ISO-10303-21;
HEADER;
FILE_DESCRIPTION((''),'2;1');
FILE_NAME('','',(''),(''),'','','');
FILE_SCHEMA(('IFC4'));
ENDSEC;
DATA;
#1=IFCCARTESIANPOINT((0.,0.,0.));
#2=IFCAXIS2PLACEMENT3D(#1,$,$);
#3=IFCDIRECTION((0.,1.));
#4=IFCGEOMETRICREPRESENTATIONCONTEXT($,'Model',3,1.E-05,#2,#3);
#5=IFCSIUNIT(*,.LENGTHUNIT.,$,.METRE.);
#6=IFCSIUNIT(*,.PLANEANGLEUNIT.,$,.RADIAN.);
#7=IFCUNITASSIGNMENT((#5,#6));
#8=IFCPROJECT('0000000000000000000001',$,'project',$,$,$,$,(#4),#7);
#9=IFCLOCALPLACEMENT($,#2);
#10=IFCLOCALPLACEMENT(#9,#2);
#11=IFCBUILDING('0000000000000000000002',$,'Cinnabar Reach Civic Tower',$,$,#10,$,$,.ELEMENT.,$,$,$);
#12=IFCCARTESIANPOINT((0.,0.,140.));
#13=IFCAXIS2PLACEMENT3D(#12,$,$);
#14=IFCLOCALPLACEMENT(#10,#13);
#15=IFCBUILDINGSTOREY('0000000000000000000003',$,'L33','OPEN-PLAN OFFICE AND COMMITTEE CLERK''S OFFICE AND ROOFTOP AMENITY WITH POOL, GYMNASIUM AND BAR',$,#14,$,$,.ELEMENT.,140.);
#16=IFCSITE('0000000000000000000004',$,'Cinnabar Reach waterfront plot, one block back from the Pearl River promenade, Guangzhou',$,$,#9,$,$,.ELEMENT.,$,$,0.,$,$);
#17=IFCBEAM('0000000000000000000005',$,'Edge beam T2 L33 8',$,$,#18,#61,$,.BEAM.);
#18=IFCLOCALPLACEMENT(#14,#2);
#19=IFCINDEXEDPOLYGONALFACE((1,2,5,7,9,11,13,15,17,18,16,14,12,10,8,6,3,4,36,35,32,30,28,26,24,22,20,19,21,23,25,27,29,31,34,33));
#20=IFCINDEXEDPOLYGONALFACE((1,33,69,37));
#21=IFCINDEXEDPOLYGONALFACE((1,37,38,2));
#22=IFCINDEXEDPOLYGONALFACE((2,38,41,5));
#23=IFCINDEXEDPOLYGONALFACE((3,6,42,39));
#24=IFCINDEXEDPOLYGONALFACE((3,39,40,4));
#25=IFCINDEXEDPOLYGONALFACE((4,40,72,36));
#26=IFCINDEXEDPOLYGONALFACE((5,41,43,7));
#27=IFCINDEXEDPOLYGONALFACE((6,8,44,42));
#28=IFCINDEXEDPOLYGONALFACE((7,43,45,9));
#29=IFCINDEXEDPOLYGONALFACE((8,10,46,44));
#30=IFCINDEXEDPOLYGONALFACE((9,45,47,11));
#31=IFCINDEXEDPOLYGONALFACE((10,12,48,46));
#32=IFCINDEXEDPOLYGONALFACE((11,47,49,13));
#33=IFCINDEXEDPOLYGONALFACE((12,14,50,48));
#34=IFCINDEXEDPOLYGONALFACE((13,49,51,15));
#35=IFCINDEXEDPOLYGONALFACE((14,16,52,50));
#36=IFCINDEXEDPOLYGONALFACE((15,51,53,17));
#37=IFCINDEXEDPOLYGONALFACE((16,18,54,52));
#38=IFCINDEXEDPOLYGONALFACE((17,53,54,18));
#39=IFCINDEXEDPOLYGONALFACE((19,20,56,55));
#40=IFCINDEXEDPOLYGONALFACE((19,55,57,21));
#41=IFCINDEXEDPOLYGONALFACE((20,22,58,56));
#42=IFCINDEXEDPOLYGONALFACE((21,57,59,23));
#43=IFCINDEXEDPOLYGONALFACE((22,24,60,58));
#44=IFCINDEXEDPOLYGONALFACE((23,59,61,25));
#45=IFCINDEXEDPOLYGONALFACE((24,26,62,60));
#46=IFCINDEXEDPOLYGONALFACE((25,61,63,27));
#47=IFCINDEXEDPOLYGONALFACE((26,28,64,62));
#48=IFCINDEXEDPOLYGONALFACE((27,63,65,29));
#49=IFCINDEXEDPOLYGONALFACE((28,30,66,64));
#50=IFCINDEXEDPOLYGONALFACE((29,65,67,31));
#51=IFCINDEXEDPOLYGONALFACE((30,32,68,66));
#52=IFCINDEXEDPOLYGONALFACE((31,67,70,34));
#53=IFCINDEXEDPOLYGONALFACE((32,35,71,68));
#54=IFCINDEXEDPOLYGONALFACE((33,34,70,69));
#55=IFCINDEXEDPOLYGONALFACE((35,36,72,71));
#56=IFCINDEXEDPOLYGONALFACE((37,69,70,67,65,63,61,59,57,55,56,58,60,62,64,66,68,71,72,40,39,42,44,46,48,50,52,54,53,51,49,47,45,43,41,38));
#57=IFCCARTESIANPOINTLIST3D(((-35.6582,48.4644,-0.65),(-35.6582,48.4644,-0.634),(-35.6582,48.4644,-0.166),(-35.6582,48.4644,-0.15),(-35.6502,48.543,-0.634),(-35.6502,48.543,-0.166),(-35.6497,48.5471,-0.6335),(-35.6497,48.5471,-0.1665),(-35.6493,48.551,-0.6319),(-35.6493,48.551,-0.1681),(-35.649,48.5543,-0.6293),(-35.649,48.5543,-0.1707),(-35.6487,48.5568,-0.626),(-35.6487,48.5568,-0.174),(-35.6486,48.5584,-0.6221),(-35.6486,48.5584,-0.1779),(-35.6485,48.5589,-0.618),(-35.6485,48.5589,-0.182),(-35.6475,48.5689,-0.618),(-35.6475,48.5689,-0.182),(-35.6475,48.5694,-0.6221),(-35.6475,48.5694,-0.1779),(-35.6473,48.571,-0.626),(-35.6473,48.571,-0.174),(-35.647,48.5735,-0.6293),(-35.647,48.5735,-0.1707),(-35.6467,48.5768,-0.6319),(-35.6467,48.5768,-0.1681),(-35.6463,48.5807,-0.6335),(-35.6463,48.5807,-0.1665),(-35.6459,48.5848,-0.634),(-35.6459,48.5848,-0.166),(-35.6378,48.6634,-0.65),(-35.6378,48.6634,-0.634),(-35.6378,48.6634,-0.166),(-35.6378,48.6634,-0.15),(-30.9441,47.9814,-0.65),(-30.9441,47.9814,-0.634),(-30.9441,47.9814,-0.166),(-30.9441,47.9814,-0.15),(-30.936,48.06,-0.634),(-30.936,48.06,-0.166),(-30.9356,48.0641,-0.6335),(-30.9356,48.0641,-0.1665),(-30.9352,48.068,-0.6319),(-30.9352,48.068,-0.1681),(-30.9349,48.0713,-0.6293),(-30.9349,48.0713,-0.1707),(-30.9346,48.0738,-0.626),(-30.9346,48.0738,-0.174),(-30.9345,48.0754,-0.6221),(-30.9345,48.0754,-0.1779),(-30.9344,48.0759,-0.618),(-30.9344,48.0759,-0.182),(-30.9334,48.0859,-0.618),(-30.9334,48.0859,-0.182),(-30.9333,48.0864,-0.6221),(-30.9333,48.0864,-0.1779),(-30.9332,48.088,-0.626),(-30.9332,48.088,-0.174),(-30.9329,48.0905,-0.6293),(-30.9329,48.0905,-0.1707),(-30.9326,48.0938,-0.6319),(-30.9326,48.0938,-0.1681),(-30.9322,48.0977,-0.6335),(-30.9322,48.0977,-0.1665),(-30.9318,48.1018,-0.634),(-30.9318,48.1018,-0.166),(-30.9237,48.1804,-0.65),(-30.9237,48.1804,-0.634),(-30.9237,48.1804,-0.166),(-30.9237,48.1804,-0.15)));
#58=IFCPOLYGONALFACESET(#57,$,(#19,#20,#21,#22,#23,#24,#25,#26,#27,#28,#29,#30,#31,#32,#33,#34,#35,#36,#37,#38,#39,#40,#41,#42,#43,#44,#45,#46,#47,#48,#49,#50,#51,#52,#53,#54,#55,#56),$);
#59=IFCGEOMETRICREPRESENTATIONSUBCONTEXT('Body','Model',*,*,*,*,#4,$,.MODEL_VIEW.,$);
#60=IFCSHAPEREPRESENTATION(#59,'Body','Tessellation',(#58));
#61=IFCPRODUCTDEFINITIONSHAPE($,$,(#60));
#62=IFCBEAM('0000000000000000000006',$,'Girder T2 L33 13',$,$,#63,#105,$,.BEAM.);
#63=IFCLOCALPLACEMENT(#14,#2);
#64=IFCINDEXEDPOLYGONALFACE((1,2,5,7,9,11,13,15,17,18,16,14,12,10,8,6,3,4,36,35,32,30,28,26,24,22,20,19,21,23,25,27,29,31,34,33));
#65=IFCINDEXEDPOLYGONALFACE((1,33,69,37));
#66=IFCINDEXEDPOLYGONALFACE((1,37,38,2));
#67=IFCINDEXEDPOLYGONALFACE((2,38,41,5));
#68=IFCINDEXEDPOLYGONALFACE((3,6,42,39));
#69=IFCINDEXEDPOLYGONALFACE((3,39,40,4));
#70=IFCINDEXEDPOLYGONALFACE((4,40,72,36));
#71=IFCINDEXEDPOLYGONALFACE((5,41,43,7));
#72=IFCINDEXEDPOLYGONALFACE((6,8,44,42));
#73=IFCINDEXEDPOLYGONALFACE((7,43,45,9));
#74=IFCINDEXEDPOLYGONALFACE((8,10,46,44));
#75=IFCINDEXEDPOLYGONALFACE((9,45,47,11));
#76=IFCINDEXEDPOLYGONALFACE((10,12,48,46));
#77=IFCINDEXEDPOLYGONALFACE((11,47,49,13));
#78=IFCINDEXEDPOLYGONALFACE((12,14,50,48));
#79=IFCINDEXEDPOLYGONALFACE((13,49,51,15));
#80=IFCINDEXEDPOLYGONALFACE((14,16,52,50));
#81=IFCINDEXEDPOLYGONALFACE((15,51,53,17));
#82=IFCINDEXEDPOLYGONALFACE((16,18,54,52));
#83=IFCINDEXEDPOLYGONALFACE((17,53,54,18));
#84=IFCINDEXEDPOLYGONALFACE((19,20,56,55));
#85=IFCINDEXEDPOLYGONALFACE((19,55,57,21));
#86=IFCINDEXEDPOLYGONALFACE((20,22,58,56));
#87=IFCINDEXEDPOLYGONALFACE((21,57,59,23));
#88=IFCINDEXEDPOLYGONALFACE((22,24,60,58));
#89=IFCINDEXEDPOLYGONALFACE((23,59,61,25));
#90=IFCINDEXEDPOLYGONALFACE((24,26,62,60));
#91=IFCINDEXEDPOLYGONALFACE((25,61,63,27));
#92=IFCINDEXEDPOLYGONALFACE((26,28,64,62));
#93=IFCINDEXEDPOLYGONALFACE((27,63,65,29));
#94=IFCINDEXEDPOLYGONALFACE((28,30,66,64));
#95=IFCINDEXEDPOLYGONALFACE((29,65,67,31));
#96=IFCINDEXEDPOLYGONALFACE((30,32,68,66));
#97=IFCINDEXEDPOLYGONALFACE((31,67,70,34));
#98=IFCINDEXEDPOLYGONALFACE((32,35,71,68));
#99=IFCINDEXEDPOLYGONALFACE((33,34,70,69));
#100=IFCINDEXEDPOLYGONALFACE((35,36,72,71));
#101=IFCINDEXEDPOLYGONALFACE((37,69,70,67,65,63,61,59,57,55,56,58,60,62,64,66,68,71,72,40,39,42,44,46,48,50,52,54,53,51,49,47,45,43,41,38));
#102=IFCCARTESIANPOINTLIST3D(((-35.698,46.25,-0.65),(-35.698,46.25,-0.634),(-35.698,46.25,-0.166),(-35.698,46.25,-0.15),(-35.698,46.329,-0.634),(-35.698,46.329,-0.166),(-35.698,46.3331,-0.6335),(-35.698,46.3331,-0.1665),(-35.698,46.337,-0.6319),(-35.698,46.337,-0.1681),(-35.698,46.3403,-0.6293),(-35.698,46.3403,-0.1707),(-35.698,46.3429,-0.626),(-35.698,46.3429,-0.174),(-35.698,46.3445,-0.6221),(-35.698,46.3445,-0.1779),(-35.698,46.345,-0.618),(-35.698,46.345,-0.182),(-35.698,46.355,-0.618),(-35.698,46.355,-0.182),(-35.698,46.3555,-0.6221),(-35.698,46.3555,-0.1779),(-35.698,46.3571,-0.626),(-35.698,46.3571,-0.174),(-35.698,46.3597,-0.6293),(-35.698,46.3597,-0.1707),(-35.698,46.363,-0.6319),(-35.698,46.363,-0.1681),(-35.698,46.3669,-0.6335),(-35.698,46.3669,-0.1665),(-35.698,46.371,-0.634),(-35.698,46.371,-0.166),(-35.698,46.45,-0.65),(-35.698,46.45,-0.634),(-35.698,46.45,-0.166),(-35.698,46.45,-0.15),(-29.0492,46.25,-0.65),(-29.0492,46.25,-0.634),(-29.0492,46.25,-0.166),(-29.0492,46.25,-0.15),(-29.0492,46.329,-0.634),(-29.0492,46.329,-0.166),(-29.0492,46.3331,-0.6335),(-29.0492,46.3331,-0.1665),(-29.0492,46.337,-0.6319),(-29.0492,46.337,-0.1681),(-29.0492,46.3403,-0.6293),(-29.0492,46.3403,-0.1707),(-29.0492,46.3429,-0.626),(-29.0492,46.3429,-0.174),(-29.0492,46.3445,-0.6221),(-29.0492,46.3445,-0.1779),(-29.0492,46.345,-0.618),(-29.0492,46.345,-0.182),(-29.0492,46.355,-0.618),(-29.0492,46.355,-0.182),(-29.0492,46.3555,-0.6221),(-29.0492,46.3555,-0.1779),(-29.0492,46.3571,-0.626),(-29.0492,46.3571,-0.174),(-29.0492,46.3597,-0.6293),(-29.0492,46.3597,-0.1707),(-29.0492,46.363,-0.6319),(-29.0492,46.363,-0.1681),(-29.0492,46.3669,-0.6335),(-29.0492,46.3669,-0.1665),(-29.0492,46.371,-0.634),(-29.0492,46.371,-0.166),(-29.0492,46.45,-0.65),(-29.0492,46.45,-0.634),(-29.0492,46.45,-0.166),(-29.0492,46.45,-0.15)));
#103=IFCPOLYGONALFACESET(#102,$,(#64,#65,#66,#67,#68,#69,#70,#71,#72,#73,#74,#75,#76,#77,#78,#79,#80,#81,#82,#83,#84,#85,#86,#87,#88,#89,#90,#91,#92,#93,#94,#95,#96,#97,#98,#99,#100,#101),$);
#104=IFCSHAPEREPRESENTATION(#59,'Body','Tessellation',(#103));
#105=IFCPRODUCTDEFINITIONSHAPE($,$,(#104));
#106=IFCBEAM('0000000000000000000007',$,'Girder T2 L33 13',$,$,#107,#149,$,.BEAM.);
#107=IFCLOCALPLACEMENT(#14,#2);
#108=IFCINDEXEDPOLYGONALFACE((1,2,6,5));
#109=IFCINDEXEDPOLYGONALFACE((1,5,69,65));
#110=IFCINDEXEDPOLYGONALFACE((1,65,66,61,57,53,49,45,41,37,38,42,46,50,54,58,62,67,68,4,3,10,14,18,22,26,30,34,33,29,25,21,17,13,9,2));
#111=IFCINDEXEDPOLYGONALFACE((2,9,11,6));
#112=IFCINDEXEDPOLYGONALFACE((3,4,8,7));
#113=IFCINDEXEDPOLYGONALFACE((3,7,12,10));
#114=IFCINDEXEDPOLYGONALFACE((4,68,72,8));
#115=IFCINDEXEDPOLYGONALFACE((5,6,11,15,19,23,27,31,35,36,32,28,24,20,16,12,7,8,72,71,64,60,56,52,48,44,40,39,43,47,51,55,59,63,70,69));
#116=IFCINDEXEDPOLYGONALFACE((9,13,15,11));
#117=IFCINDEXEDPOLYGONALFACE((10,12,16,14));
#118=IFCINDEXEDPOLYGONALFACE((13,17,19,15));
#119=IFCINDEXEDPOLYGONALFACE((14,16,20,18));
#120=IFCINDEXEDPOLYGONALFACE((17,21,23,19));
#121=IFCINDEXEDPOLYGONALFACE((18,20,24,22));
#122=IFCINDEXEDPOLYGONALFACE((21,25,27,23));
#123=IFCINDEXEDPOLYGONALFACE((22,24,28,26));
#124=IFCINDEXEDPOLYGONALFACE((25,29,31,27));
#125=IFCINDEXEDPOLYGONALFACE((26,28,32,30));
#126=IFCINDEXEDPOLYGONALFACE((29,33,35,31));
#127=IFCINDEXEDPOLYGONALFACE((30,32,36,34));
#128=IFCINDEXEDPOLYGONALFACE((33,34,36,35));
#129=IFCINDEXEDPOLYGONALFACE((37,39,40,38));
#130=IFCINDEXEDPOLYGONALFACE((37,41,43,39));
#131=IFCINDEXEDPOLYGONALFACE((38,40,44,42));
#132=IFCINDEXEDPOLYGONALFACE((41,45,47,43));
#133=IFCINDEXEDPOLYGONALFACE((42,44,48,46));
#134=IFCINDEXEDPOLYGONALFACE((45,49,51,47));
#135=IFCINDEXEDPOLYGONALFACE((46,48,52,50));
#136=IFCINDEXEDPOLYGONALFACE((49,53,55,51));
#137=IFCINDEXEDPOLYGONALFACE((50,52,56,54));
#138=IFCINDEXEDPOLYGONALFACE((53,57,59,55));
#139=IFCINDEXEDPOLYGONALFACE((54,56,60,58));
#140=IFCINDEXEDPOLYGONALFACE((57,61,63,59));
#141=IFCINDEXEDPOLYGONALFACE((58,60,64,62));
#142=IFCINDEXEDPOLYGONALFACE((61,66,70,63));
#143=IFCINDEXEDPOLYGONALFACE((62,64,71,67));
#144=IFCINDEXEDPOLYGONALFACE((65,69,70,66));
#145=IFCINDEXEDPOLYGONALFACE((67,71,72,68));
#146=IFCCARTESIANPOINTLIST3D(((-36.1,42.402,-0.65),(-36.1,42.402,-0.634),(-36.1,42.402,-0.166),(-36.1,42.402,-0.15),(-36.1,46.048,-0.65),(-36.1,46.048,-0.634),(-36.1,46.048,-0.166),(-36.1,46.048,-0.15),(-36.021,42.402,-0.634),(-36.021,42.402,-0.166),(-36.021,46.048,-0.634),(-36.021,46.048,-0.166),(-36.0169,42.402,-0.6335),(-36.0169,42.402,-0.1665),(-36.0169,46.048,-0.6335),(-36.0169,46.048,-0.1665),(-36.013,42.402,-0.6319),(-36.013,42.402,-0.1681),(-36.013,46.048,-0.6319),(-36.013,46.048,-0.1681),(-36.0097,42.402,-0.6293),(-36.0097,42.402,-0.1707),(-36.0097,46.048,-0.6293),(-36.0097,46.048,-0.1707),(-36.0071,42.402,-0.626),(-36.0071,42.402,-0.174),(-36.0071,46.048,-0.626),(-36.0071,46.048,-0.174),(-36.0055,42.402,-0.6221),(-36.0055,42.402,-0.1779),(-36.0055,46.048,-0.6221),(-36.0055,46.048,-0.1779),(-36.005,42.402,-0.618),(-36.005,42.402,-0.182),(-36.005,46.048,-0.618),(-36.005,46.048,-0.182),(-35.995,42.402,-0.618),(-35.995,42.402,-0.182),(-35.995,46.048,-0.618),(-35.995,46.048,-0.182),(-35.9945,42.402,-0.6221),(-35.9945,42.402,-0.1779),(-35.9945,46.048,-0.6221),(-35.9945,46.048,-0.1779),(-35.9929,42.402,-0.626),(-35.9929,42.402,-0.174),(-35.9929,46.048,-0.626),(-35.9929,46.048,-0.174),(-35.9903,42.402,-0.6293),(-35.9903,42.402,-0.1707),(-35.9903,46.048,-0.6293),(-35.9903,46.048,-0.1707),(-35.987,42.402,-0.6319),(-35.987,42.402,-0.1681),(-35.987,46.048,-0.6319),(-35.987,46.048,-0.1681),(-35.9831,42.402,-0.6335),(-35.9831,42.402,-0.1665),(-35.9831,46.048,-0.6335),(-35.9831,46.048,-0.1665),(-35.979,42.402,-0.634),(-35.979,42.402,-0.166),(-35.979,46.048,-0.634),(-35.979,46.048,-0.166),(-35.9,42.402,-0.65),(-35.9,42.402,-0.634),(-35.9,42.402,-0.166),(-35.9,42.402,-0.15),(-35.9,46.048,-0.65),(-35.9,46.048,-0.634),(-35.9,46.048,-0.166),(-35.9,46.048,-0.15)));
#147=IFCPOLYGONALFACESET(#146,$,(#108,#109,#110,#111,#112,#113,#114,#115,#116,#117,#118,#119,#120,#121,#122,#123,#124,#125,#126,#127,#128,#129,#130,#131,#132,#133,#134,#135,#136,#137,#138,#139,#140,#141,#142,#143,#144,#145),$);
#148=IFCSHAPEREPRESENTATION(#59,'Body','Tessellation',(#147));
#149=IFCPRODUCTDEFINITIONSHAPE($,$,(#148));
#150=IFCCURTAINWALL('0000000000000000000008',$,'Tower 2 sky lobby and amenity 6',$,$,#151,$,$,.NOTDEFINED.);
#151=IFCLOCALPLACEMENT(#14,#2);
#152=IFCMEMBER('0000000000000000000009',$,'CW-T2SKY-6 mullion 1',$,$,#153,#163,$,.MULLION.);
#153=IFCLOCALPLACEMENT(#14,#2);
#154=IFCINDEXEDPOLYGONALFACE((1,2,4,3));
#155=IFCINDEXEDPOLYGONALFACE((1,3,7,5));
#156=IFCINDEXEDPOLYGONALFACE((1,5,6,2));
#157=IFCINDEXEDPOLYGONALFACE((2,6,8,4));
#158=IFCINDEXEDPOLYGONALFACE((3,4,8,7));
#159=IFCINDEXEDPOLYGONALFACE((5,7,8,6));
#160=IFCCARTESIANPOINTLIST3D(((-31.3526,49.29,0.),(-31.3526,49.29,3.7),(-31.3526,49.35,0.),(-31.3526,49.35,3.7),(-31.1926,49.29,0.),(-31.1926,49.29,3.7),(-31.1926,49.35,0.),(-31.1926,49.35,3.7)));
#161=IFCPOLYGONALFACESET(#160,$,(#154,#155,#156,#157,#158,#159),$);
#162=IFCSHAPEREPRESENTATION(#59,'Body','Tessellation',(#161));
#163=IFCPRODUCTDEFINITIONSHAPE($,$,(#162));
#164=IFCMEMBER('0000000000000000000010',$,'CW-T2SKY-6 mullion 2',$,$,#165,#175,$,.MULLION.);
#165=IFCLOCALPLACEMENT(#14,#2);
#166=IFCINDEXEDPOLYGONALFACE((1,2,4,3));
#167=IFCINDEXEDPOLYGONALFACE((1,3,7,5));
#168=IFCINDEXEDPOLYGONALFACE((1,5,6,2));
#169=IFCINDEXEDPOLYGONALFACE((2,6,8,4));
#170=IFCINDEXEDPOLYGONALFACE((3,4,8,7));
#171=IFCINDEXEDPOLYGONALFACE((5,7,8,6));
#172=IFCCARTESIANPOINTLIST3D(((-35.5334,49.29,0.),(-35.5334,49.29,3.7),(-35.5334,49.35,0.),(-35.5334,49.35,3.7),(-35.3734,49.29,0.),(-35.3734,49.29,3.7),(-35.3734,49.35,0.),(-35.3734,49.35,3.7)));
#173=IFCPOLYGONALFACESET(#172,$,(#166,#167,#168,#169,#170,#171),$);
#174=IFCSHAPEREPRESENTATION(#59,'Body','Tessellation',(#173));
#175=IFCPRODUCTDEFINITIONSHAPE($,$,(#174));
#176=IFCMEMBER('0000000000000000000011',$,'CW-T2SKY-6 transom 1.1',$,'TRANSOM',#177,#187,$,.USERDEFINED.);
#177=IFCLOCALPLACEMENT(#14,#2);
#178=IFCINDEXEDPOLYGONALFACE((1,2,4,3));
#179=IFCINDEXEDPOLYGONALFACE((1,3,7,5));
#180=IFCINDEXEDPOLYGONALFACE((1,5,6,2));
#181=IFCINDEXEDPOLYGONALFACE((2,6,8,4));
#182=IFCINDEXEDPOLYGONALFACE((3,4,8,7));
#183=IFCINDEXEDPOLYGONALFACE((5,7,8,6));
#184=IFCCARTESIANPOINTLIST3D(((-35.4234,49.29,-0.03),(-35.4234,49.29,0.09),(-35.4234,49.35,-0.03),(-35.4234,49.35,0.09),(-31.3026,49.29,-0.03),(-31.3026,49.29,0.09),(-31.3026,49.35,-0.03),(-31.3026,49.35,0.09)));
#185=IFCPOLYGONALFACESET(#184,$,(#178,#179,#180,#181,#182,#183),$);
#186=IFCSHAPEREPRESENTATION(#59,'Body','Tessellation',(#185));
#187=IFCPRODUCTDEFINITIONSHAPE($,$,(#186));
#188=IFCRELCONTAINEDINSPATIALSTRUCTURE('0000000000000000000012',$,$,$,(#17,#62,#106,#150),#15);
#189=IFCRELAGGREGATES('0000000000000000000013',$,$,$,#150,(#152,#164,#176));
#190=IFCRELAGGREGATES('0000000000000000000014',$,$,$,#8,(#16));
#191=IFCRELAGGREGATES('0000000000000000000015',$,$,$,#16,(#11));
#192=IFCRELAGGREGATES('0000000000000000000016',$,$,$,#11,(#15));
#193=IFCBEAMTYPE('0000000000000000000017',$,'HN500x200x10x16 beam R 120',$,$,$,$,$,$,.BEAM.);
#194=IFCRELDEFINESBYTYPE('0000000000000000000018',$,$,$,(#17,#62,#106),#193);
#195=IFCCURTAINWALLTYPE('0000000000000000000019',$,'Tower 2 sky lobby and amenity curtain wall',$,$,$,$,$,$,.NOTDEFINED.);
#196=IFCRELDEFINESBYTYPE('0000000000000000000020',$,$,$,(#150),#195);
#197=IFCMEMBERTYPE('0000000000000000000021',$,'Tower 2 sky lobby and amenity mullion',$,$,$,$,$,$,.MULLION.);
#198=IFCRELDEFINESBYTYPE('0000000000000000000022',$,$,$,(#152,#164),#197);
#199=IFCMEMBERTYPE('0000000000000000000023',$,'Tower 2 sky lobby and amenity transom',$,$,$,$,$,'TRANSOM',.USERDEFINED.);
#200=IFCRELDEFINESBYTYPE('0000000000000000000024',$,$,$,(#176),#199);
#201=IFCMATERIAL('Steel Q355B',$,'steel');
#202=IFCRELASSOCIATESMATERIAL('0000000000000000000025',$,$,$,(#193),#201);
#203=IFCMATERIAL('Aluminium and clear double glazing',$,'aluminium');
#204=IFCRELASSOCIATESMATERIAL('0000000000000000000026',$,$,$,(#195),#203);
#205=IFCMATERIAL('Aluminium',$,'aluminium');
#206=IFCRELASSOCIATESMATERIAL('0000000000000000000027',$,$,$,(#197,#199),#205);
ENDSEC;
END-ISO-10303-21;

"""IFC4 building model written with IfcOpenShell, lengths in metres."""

from ifc_helpers import new_model, si_unit, direction, frame, origin, origin_2d, place, context, subcontext, project, spatial, rectangle, i_section, extrude, material, material_profile, profile_set, type_object, element, aggregate, save


model = new_model("IFC4")

# Units and contexts
model_context = context("Model", 3, precision=1e-05, world=origin(), true_north=direction((0.0, 1.0)))
body_context = subcontext(model_context, "Body", "Model", "MODEL_VIEW")
ifc_project = project(units=[si_unit("LENGTHUNIT", "METRE"), si_unit("PLANEANGLEUNIT", "RADIAN")], contexts=[model_context])

# Site, building, storey
site_placement = place(None, origin())
site = spatial("IfcSite", under=ifc_project, at=site_placement, Name="Cinnabar Reach waterfront plot, one block back from the Pearl River promenade, Guangzhou", CompositionType="ELEMENT", RefElevation=0.0)
building_placement = place(site_placement, origin())
building = spatial("IfcBuilding", under=site, at=building_placement, Name="Cinnabar Reach Civic Tower", CompositionType="ELEMENT")
storey_placement = place(building_placement, frame((0.0, 0.0, 140.0)))
storey = spatial("IfcBuildingStorey", under=building, at=storey_placement, Name="L33", Description="OPEN-PLAN OFFICE AND COMMITTEE CLERK'S OFFICE AND ROOFTOP AMENITY WITH POOL, GYMNASIUM AND BAR", CompositionType="ELEMENT", Elevation=140.0)

# Beams
ifc_material_1 = material(Name="Steel Q355B", Category="steel")
ifc_material_profile_1 = material_profile(ifc_material_1, i_section(OverallWidth=0.2, OverallDepth=0.5, WebThickness=0.01, FlangeThickness=0.016, FilletRadius=0.016, at=origin_2d()), Name="HN500x200x10x16")
ifc_profile_set_1 = profile_set([ifc_material_profile_1], Name="Steel Q355B")
beam_type_1 = type_object("IfcBeamType", Name="HN500x200x10x16 beam R 120", PredefinedType="BEAM", material=ifc_profile_set_1)
beam_1_placement = place(storey_placement, frame((-30.9339, 48.0809, -0.4), z_axis=(-0.994792, 0.101925, 0.0), x_axis=(-0.101925, -0.994792, 0.0)))
element("IfcBeam", 1, at=beam_1_placement, inside=storey, type_object=beam_type_1, Name="Edge beam T2 L33 8", PredefinedType="BEAM", context=body_context, shape_type="SweptSolid", body=[
    extrude(i_section(OverallWidth=0.2, OverallDepth=0.5, WebThickness=0.01, FlangeThickness=0.016, FilletRadius=0.016, at=origin_2d()), origin(), (0.0, 0.0, 1.0), 4.7388),
])
beam_2_placement = place(storey_placement, frame((-35.698, 46.35, -0.4), z_axis=(1.0, 0.0, 0.0), x_axis=(0.0, 1.0, 0.0)))
element("IfcBeam", 2, at=beam_2_placement, inside=storey, type_object=beam_type_1, Name="Girder T2 L33 13", PredefinedType="BEAM", context=body_context, shape_type="SweptSolid", body=[
    extrude(i_section(OverallWidth=0.2, OverallDepth=0.5, WebThickness=0.01, FlangeThickness=0.016, FilletRadius=0.016, at=origin_2d()), origin(), (0.0, 0.0, 1.0), 6.6488),
])
beam_3_placement = place(storey_placement, frame((-36.0, 42.402, -0.4), z_axis=(0.0, 1.0, 0.0), x_axis=(-1.0, 0.0, 0.0)))
element("IfcBeam", 3, at=beam_3_placement, inside=storey, type_object=beam_type_1, Name="Girder T2 L33 13", PredefinedType="BEAM", context=body_context, shape_type="SweptSolid", body=[
    extrude(i_section(OverallWidth=0.2, OverallDepth=0.5, WebThickness=0.01, FlangeThickness=0.016, FilletRadius=0.016, at=origin_2d()), origin(), (0.0, 0.0, 1.0), 3.646),
])

# Curtain wall, members
ifc_material_2 = material(Name="Aluminium and clear double glazing", Category="aluminium")
curtain_wall_type = type_object("IfcCurtainWallType", Name="Tower 2 sky lobby and amenity curtain wall", PredefinedType="NOTDEFINED", material=ifc_material_2)
curtain_wall_placement = place(storey_placement, origin())
curtain_wall = element("IfcCurtainWall", 4, at=curtain_wall_placement, inside=storey, type_object=curtain_wall_type, Name="Tower 2 sky lobby and amenity 6", PredefinedType="NOTDEFINED")
ifc_material_3 = material(Name="Aluminium", Category="aluminium")
ifc_material_profile_2 = material_profile(ifc_material_3, rectangle(XDim=0.06, YDim=0.16, at=origin_2d()), Name="Tower 2 sky lobby and amenity mullion")
ifc_profile_set_2 = profile_set([ifc_material_profile_2], Name="Aluminium")
member_type_1 = type_object("IfcMemberType", Name="Tower 2 sky lobby and amenity mullion", PredefinedType="MULLION", material=ifc_profile_set_2)
member_1_placement = place(storey_placement, frame((-31.2726, 49.32, 0.0), z_axis=(0.0, 0.0, 1.0), x_axis=(0.0, -1.0, 0.0)))
member_1 = element("IfcMember", 5, at=member_1_placement, type_object=member_type_1, Name="CW-T2SKY-6 mullion 1", PredefinedType="MULLION", context=body_context, shape_type="SweptSolid", body=[
    extrude(rectangle(XDim=0.06, YDim=0.16, at=origin_2d()), origin(), (0.0, 0.0, 1.0), 3.7),
])
member_2_placement = place(storey_placement, frame((-35.4534, 49.32, 0.0), z_axis=(0.0, 0.0, 1.0), x_axis=(0.0, -1.0, 0.0)))
member_2 = element("IfcMember", 6, at=member_2_placement, type_object=member_type_1, Name="CW-T2SKY-6 mullion 2", PredefinedType="MULLION", context=body_context, shape_type="SweptSolid", body=[
    extrude(rectangle(XDim=0.06, YDim=0.16, at=origin_2d()), origin(), (0.0, 0.0, 1.0), 3.7),
])
ifc_material_profile_3 = material_profile(ifc_material_3, rectangle(XDim=0.06, YDim=0.12, at=origin_2d()), Name="Tower 2 sky lobby and amenity transom")
ifc_profile_set_3 = profile_set([ifc_material_profile_3], Name="Aluminium")
member_type_2 = type_object("IfcMemberType", Name="Tower 2 sky lobby and amenity transom", ElementType="TRANSOM", PredefinedType="USERDEFINED", material=ifc_profile_set_3)
member_3_placement = place(storey_placement, frame((-31.3026, 49.32, 0.03), z_axis=(-1.0, 0.0, 0.0), x_axis=(0.0, -1.0, 0.0)))
member_3 = element("IfcMember", 7, at=member_3_placement, type_object=member_type_2, Name="CW-T2SKY-6 transom 1.1", ObjectType="TRANSOM", PredefinedType="USERDEFINED", context=body_context, shape_type="SweptSolid", body=[
    extrude(rectangle(XDim=0.06, YDim=0.12, at=origin_2d()), origin(), (0.0, 0.0, 1.0), 4.1208),
])
aggregate(curtain_wall, [member_1, member_2, member_3])

save(model, "model.ifc")
